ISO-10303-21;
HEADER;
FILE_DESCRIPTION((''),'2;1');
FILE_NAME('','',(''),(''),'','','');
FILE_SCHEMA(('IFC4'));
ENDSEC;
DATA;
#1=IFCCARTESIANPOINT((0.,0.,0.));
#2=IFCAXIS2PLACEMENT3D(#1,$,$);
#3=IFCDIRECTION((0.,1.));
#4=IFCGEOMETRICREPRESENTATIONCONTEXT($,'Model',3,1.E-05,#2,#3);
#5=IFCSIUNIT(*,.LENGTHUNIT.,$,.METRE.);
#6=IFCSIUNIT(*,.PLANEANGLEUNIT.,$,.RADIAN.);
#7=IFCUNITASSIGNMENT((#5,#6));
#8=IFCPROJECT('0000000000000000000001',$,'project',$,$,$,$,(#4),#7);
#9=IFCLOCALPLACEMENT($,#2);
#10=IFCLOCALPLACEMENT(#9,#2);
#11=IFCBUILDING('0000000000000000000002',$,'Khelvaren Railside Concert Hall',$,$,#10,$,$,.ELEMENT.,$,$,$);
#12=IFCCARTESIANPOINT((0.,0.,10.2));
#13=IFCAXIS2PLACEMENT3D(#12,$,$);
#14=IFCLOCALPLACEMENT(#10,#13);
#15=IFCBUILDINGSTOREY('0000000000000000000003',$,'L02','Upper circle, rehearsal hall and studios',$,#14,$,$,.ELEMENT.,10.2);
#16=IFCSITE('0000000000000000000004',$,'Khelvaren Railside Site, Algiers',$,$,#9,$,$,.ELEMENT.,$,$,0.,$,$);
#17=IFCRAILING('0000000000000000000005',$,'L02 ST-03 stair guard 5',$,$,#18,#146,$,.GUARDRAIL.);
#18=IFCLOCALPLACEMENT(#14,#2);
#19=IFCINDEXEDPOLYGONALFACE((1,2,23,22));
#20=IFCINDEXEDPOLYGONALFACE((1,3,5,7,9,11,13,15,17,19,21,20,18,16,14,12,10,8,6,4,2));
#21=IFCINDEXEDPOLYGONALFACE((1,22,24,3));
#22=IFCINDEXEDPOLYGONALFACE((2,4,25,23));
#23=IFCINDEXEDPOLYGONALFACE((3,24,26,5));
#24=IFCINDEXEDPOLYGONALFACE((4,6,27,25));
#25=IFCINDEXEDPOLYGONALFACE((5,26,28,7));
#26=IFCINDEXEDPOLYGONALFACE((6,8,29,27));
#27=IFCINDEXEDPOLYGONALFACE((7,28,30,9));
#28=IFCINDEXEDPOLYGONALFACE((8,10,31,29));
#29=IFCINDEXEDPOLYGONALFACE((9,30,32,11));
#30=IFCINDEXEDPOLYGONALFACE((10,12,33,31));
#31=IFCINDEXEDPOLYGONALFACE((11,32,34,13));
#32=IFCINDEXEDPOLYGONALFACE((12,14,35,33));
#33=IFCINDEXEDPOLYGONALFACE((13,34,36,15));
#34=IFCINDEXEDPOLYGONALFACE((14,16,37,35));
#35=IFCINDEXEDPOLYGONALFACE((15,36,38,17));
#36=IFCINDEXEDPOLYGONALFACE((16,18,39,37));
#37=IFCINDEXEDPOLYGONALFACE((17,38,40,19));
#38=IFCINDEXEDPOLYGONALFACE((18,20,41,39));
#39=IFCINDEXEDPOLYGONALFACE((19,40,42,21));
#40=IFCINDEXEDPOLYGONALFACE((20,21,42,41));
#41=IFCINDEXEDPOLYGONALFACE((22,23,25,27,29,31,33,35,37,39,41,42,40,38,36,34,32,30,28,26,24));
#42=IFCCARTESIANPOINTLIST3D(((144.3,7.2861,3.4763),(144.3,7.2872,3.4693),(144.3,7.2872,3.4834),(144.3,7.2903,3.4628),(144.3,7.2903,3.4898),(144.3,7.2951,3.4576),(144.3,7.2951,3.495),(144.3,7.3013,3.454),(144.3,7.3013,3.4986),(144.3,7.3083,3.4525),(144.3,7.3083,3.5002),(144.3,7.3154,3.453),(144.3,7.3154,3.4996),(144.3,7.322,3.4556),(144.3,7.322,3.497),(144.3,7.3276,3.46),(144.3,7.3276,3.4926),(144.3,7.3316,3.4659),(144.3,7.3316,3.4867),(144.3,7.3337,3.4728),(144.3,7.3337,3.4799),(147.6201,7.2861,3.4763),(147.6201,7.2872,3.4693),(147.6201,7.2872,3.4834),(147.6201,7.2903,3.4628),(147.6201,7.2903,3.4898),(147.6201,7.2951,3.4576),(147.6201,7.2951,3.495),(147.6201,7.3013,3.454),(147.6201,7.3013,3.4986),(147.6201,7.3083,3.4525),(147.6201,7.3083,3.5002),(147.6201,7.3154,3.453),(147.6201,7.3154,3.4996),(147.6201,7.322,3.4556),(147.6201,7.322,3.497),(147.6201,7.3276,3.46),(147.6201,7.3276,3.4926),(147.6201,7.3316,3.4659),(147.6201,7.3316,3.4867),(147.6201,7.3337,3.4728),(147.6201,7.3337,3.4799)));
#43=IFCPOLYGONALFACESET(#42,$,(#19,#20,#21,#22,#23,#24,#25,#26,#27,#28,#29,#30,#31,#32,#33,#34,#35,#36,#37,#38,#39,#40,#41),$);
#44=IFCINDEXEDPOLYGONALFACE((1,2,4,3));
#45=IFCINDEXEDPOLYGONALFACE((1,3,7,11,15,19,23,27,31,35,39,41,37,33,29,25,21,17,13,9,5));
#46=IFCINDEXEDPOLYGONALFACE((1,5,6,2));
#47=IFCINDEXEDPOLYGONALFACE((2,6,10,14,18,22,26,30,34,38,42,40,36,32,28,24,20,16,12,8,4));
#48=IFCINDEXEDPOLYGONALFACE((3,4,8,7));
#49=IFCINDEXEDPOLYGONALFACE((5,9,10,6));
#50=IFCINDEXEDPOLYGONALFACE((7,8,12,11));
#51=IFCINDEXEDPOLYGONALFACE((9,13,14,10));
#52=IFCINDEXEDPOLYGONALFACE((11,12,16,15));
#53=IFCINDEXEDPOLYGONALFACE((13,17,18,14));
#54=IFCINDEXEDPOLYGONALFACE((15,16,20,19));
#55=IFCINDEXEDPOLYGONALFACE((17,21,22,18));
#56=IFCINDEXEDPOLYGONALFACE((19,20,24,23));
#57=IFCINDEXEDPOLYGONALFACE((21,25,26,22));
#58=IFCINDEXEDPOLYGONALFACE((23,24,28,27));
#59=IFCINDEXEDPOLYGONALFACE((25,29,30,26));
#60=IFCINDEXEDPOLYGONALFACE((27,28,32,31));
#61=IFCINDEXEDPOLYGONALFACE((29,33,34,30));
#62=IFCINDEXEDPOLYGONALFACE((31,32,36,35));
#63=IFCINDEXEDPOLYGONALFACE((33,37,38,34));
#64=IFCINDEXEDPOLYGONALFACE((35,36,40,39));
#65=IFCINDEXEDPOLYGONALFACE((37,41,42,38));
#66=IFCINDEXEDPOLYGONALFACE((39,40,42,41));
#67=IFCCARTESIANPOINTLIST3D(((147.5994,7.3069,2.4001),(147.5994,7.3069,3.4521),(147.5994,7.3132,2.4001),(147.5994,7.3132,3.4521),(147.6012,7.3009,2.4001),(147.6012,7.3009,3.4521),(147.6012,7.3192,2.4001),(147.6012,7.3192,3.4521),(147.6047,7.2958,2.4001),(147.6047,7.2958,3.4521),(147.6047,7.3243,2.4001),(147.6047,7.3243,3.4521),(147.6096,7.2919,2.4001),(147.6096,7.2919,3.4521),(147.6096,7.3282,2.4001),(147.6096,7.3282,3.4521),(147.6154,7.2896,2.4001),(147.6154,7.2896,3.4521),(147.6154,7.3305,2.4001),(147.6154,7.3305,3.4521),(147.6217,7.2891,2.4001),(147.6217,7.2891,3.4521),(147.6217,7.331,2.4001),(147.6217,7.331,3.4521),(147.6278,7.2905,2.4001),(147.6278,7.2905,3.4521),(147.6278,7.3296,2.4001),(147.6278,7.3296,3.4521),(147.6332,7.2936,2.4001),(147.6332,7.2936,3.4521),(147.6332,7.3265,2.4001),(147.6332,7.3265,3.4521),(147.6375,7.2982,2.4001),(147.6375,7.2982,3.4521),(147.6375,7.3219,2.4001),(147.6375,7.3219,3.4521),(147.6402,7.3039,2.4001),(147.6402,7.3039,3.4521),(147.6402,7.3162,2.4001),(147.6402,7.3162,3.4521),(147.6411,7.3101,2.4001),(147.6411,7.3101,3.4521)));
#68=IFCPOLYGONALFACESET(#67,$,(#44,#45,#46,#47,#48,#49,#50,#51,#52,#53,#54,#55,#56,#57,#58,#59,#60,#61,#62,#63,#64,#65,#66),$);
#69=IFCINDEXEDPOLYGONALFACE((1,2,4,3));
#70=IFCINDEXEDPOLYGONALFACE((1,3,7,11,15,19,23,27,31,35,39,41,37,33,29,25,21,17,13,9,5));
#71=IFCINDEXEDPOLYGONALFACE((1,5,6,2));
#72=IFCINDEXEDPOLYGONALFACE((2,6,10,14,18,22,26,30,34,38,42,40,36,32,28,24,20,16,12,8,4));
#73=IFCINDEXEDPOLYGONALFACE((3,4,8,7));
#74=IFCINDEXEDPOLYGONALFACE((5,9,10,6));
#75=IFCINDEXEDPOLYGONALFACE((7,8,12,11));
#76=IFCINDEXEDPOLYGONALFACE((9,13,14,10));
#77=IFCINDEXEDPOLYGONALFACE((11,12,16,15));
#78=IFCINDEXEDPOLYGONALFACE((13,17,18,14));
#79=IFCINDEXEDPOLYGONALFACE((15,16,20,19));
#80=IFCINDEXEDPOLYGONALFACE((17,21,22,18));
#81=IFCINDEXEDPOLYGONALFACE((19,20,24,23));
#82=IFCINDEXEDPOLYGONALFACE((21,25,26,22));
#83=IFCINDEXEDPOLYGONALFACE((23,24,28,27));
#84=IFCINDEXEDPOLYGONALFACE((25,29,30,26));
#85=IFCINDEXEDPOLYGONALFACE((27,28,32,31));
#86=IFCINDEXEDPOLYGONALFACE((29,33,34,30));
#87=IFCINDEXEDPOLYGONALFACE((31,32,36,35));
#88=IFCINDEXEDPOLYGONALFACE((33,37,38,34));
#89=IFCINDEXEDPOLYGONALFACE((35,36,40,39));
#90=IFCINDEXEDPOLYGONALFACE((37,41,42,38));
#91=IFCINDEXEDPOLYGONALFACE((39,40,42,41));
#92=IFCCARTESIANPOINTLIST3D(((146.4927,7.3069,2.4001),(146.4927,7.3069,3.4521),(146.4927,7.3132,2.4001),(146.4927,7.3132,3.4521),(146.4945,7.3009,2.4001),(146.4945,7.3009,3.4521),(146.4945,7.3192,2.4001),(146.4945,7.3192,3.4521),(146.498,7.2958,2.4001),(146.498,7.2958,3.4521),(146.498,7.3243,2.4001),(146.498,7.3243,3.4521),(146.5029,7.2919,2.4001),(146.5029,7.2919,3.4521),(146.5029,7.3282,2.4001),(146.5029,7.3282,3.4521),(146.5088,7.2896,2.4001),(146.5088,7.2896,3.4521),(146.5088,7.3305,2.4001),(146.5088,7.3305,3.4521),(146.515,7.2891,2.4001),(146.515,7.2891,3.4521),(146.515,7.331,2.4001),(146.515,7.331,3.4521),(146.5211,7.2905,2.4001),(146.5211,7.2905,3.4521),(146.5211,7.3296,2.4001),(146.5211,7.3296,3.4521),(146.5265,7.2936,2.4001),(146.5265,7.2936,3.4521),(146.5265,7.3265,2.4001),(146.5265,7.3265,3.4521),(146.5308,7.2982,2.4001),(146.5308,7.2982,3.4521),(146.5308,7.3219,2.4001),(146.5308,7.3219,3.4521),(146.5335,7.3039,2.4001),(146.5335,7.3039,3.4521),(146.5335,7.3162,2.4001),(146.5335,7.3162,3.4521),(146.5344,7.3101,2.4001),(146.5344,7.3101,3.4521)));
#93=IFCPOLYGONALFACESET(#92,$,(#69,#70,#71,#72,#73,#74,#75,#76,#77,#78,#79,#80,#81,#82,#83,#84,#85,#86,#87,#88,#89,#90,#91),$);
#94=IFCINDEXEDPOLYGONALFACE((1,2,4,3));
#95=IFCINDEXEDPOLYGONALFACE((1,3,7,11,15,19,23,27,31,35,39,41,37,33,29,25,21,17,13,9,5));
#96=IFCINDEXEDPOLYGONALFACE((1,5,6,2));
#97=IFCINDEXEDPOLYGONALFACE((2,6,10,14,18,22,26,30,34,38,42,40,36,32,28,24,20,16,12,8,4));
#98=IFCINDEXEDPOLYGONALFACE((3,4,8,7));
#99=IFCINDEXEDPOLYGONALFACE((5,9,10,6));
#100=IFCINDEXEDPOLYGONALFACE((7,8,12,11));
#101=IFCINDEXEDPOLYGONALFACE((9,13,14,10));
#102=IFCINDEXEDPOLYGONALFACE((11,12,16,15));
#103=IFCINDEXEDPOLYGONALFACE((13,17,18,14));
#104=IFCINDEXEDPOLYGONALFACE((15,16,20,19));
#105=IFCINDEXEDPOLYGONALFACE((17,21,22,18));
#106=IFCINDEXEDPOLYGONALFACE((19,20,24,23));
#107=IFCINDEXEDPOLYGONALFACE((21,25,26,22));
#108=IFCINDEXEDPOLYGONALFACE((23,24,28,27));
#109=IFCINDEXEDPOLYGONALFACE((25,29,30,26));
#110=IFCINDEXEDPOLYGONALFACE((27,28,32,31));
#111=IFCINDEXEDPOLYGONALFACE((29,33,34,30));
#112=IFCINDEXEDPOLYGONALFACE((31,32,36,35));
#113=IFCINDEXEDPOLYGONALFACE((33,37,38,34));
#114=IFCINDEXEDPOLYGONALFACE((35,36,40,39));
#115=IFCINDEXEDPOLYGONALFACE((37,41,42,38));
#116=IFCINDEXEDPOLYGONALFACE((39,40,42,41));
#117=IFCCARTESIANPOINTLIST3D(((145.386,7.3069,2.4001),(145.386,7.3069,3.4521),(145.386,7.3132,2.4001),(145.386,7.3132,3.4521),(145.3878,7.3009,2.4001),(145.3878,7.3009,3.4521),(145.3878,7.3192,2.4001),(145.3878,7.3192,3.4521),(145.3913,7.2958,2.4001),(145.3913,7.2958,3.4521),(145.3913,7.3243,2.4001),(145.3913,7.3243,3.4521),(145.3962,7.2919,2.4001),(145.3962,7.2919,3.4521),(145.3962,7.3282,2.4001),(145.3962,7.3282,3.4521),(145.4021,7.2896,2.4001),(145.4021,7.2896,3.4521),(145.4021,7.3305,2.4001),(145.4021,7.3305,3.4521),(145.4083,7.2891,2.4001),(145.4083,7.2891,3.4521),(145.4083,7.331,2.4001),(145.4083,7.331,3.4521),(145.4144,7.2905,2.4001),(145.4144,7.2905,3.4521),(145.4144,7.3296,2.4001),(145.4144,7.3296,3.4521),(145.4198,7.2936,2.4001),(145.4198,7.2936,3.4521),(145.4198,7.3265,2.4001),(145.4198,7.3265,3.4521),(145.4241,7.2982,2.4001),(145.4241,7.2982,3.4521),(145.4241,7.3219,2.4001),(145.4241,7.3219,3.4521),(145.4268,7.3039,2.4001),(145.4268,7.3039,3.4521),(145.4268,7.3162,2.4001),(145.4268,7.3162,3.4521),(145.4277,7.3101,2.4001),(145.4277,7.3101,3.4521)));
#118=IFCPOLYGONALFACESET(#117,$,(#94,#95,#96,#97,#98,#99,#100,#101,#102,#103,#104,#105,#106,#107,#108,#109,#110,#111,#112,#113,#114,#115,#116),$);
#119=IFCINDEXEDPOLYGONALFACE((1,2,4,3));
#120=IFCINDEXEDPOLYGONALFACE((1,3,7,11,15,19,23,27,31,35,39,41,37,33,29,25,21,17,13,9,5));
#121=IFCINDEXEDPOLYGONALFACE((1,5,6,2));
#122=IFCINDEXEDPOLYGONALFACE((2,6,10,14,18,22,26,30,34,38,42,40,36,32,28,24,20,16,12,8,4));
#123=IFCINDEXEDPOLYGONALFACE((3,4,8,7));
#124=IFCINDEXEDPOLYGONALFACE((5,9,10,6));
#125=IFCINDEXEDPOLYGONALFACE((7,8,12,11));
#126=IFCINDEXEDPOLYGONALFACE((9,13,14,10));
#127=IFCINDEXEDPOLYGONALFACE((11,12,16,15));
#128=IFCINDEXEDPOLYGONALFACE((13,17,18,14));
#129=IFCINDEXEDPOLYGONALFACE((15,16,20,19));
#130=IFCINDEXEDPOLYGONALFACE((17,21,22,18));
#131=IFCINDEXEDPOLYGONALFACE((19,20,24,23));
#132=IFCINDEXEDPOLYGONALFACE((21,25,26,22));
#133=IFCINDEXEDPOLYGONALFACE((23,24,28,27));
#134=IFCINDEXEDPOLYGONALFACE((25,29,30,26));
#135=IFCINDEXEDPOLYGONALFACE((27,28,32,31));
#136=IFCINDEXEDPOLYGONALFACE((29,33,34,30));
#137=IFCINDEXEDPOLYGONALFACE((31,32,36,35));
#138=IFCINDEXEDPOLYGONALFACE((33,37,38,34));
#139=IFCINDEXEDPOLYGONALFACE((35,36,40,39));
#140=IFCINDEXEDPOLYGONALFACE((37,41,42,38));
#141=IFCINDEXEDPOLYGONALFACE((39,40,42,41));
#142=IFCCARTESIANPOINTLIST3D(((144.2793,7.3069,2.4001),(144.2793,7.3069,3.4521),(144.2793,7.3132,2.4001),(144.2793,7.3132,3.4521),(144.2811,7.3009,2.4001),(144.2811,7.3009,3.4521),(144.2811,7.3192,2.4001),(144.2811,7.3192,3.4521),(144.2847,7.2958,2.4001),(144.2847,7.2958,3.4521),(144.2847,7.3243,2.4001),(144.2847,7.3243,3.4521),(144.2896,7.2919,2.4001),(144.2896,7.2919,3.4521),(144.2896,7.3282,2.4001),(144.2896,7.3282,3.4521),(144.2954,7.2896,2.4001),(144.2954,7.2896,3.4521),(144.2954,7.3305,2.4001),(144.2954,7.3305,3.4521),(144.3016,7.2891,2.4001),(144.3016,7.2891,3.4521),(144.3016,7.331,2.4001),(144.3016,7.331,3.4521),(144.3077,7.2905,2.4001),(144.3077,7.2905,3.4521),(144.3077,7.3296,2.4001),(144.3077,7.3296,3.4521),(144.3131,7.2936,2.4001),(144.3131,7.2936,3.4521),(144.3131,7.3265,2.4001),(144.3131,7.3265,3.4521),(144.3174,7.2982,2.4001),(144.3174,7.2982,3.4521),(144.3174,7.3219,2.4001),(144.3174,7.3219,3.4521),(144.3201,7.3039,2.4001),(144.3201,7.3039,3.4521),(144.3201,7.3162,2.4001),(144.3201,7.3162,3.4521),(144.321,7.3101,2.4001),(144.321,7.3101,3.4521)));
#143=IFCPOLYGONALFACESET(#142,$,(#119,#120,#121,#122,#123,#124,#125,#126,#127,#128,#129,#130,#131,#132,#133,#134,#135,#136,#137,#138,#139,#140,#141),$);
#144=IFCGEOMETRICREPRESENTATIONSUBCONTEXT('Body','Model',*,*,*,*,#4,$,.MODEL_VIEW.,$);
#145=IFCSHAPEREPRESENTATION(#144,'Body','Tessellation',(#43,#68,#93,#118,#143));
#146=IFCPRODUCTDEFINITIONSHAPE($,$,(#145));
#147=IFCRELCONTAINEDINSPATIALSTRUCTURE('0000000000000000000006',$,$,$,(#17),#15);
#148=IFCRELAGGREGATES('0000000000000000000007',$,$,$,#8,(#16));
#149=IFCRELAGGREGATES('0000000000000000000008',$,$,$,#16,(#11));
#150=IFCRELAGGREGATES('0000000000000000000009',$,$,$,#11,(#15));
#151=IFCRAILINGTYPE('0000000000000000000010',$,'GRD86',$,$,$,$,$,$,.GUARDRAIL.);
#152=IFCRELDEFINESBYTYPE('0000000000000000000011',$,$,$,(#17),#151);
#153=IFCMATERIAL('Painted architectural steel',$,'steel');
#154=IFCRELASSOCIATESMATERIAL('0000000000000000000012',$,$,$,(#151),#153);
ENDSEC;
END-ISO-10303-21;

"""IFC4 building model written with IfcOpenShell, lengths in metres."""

from ifc_helpers import new_model, si_unit, direction, frame, origin, origin_2d, place, context, subcontext, project, spatial, circle, extrude, material, type_object, element, save


model = new_model("IFC4")

# Units and contexts
model_context = context("Model", 3, precision=1e-05, world=origin(), true_north=direction((0.0, 1.0)))
body_context = subcontext(model_context, "Body", "Model", "MODEL_VIEW")
ifc_project = project(units=[si_unit("LENGTHUNIT", "METRE"), si_unit("PLANEANGLEUNIT", "RADIAN")], contexts=[model_context])

# Site, building, storey
site_placement = place(None, origin())
site = spatial("IfcSite", under=ifc_project, at=site_placement, Name="Khelvaren Railside Site, Algiers", CompositionType="ELEMENT", RefElevation=0.0)
building_placement = place(site_placement, origin())
building = spatial("IfcBuilding", under=site, at=building_placement, Name="Khelvaren Railside Concert Hall", CompositionType="ELEMENT")
storey_placement = place(building_placement, frame((0.0, 0.0, 10.2)))
storey = spatial("IfcBuildingStorey", under=building, at=storey_placement, Name="L02", Description="Upper circle, rehearsal hall and studios", CompositionType="ELEMENT", Elevation=10.2)

# Railing
ifc_material_1 = material(Name="Painted architectural steel", Category="steel")
railing_type = type_object("IfcRailingType", Name="GRD86", PredefinedType="GUARDRAIL", material=ifc_material_1)
railing_1_placement = place(storey_placement, frame((147.6201, 7.3101, 2.4001)))
element("IfcRailing", 1, at=railing_1_placement, inside=storey, type_object=railing_type, Name="L02 ST-03 stair guard 5", PredefinedType="GUARDRAIL", context=body_context, shape_type="SweptSolid", body=[
    extrude(circle(Radius=0.0239, at=origin_2d()), frame((0.0, 0.0, 1.0762), z_axis=(-1.0, 0.0, 0.0), x_axis=(0.0, -1.0, 0.0)), (0.0, 0.0, 1.0), 3.3201),
    extrude(circle(Radius=0.021, at=origin_2d()), origin(), (0.0, 0.0, 1.0), 1.052),
    extrude(circle(Radius=0.021, at=origin_2d()), frame((-1.1067, 0.0, 0.0)), (0.0, 0.0, 1.0), 1.052),
    extrude(circle(Radius=0.021, at=origin_2d()), frame((-2.2134, 0.0, 0.0)), (0.0, 0.0, 1.0), 1.052),
    extrude(circle(Radius=0.021, at=origin_2d()), frame((-3.3201, 0.0, 0.0)), (0.0, 0.0, 1.0), 1.052),
])

save(model, "model.ifc")
